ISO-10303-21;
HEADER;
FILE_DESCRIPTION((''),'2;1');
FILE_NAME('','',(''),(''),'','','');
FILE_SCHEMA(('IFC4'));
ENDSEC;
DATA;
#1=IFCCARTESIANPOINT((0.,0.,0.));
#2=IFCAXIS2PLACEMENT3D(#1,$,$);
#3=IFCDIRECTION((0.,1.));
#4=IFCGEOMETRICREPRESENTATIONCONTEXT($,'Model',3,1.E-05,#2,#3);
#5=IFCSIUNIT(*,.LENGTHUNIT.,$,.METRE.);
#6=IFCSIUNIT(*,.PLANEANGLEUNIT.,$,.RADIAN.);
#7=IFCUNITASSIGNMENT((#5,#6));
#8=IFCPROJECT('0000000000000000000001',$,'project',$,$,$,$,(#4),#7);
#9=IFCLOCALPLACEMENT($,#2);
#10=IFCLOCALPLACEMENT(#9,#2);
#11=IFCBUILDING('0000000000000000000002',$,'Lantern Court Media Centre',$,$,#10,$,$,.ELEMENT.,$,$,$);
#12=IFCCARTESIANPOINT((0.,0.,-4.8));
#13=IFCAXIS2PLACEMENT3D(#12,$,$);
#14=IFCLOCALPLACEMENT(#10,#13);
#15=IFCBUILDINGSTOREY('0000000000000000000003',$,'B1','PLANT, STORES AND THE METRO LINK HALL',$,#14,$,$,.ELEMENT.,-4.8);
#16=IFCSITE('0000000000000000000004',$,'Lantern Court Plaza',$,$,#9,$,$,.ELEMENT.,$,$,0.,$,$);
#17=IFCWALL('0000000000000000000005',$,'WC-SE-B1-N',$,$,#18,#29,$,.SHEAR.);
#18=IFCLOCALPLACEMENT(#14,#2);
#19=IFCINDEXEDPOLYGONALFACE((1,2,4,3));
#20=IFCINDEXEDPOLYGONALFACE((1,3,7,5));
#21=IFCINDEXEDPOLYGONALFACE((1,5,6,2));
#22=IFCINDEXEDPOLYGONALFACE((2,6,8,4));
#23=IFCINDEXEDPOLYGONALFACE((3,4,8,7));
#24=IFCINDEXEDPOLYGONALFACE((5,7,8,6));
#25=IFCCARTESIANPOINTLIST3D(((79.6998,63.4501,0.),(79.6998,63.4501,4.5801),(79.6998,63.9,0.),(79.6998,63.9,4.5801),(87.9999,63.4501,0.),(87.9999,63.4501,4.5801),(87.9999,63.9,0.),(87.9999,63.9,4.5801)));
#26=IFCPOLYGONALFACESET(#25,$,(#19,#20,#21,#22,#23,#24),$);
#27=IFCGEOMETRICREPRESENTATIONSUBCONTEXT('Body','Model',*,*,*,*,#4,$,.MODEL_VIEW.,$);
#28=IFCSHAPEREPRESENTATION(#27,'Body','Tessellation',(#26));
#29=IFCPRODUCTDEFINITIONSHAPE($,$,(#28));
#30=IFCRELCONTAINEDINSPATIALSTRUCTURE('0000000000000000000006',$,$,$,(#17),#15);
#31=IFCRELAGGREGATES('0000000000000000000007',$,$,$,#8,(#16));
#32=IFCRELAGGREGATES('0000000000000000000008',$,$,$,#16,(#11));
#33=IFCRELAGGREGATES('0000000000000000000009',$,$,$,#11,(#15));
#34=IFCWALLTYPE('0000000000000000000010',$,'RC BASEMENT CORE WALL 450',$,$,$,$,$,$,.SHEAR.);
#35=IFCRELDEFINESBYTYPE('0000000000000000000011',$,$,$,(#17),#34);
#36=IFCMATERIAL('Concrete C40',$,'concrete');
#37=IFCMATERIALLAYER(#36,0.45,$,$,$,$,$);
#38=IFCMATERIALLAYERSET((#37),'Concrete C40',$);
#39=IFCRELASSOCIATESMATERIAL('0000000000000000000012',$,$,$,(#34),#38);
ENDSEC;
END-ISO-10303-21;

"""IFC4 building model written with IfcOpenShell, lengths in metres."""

from ifc_helpers import new_model, si_unit, direction, frame, frame_2d, origin, place, context, subcontext, project, spatial, rectangle, extrude, material, layer, layer_set, type_object, element, save


model = new_model("IFC4")

# Units and contexts
model_context = context("Model", 3, precision=1e-05, world=origin(), true_north=direction((0.0, 1.0)))
body_context = subcontext(model_context, "Body", "Model", "MODEL_VIEW")
ifc_project = project(units=[si_unit("LENGTHUNIT", "METRE"), si_unit("PLANEANGLEUNIT", "RADIAN")], contexts=[model_context])

# Site, building, storey
site_placement = place(None, origin())
site = spatial("IfcSite", under=ifc_project, at=site_placement, Name="Lantern Court Plaza", CompositionType="ELEMENT", RefElevation=0.0)
building_placement = place(site_placement, origin())
building = spatial("IfcBuilding", under=site, at=building_placement, Name="Lantern Court Media Centre", CompositionType="ELEMENT")
storey_placement = place(building_placement, frame((0.0, 0.0, -4.8)))
storey = spatial("IfcBuildingStorey", under=building, at=storey_placement, Name="B1", Description="PLANT, STORES AND THE METRO LINK HALL", CompositionType="ELEMENT", Elevation=-4.8)

# Wall
ifc_material_1 = material(Name="Concrete C40", Category="concrete")
ifc_layer_1 = layer(ifc_material_1, 0.45)
ifc_layer_set_1 = layer_set([ifc_layer_1], Name="Concrete C40")
wall_type_1 = type_object("IfcWallType", Name="RC BASEMENT CORE WALL 450", PredefinedType="SHEAR", material=ifc_layer_set_1)
wall_1_placement = place(storey_placement, frame((79.7, 63.675, 0.0), z_axis=(0.0, 0.0, 1.0), x_axis=(1.0, 0.0, 0.0)))
element("IfcWall", 1, at=wall_1_placement, inside=storey, type_object=wall_type_1, Name="WC-SE-B1-N", PredefinedType="SHEAR", context=body_context, shape_type="SweptSolid", body=[
    extrude(rectangle(XDim=8.3, YDim=0.45, at=frame_2d((4.1499, 0.0))), origin(), (0.0, 0.0, 1.0), 4.5801),
])

save(model, "model.ifc")
